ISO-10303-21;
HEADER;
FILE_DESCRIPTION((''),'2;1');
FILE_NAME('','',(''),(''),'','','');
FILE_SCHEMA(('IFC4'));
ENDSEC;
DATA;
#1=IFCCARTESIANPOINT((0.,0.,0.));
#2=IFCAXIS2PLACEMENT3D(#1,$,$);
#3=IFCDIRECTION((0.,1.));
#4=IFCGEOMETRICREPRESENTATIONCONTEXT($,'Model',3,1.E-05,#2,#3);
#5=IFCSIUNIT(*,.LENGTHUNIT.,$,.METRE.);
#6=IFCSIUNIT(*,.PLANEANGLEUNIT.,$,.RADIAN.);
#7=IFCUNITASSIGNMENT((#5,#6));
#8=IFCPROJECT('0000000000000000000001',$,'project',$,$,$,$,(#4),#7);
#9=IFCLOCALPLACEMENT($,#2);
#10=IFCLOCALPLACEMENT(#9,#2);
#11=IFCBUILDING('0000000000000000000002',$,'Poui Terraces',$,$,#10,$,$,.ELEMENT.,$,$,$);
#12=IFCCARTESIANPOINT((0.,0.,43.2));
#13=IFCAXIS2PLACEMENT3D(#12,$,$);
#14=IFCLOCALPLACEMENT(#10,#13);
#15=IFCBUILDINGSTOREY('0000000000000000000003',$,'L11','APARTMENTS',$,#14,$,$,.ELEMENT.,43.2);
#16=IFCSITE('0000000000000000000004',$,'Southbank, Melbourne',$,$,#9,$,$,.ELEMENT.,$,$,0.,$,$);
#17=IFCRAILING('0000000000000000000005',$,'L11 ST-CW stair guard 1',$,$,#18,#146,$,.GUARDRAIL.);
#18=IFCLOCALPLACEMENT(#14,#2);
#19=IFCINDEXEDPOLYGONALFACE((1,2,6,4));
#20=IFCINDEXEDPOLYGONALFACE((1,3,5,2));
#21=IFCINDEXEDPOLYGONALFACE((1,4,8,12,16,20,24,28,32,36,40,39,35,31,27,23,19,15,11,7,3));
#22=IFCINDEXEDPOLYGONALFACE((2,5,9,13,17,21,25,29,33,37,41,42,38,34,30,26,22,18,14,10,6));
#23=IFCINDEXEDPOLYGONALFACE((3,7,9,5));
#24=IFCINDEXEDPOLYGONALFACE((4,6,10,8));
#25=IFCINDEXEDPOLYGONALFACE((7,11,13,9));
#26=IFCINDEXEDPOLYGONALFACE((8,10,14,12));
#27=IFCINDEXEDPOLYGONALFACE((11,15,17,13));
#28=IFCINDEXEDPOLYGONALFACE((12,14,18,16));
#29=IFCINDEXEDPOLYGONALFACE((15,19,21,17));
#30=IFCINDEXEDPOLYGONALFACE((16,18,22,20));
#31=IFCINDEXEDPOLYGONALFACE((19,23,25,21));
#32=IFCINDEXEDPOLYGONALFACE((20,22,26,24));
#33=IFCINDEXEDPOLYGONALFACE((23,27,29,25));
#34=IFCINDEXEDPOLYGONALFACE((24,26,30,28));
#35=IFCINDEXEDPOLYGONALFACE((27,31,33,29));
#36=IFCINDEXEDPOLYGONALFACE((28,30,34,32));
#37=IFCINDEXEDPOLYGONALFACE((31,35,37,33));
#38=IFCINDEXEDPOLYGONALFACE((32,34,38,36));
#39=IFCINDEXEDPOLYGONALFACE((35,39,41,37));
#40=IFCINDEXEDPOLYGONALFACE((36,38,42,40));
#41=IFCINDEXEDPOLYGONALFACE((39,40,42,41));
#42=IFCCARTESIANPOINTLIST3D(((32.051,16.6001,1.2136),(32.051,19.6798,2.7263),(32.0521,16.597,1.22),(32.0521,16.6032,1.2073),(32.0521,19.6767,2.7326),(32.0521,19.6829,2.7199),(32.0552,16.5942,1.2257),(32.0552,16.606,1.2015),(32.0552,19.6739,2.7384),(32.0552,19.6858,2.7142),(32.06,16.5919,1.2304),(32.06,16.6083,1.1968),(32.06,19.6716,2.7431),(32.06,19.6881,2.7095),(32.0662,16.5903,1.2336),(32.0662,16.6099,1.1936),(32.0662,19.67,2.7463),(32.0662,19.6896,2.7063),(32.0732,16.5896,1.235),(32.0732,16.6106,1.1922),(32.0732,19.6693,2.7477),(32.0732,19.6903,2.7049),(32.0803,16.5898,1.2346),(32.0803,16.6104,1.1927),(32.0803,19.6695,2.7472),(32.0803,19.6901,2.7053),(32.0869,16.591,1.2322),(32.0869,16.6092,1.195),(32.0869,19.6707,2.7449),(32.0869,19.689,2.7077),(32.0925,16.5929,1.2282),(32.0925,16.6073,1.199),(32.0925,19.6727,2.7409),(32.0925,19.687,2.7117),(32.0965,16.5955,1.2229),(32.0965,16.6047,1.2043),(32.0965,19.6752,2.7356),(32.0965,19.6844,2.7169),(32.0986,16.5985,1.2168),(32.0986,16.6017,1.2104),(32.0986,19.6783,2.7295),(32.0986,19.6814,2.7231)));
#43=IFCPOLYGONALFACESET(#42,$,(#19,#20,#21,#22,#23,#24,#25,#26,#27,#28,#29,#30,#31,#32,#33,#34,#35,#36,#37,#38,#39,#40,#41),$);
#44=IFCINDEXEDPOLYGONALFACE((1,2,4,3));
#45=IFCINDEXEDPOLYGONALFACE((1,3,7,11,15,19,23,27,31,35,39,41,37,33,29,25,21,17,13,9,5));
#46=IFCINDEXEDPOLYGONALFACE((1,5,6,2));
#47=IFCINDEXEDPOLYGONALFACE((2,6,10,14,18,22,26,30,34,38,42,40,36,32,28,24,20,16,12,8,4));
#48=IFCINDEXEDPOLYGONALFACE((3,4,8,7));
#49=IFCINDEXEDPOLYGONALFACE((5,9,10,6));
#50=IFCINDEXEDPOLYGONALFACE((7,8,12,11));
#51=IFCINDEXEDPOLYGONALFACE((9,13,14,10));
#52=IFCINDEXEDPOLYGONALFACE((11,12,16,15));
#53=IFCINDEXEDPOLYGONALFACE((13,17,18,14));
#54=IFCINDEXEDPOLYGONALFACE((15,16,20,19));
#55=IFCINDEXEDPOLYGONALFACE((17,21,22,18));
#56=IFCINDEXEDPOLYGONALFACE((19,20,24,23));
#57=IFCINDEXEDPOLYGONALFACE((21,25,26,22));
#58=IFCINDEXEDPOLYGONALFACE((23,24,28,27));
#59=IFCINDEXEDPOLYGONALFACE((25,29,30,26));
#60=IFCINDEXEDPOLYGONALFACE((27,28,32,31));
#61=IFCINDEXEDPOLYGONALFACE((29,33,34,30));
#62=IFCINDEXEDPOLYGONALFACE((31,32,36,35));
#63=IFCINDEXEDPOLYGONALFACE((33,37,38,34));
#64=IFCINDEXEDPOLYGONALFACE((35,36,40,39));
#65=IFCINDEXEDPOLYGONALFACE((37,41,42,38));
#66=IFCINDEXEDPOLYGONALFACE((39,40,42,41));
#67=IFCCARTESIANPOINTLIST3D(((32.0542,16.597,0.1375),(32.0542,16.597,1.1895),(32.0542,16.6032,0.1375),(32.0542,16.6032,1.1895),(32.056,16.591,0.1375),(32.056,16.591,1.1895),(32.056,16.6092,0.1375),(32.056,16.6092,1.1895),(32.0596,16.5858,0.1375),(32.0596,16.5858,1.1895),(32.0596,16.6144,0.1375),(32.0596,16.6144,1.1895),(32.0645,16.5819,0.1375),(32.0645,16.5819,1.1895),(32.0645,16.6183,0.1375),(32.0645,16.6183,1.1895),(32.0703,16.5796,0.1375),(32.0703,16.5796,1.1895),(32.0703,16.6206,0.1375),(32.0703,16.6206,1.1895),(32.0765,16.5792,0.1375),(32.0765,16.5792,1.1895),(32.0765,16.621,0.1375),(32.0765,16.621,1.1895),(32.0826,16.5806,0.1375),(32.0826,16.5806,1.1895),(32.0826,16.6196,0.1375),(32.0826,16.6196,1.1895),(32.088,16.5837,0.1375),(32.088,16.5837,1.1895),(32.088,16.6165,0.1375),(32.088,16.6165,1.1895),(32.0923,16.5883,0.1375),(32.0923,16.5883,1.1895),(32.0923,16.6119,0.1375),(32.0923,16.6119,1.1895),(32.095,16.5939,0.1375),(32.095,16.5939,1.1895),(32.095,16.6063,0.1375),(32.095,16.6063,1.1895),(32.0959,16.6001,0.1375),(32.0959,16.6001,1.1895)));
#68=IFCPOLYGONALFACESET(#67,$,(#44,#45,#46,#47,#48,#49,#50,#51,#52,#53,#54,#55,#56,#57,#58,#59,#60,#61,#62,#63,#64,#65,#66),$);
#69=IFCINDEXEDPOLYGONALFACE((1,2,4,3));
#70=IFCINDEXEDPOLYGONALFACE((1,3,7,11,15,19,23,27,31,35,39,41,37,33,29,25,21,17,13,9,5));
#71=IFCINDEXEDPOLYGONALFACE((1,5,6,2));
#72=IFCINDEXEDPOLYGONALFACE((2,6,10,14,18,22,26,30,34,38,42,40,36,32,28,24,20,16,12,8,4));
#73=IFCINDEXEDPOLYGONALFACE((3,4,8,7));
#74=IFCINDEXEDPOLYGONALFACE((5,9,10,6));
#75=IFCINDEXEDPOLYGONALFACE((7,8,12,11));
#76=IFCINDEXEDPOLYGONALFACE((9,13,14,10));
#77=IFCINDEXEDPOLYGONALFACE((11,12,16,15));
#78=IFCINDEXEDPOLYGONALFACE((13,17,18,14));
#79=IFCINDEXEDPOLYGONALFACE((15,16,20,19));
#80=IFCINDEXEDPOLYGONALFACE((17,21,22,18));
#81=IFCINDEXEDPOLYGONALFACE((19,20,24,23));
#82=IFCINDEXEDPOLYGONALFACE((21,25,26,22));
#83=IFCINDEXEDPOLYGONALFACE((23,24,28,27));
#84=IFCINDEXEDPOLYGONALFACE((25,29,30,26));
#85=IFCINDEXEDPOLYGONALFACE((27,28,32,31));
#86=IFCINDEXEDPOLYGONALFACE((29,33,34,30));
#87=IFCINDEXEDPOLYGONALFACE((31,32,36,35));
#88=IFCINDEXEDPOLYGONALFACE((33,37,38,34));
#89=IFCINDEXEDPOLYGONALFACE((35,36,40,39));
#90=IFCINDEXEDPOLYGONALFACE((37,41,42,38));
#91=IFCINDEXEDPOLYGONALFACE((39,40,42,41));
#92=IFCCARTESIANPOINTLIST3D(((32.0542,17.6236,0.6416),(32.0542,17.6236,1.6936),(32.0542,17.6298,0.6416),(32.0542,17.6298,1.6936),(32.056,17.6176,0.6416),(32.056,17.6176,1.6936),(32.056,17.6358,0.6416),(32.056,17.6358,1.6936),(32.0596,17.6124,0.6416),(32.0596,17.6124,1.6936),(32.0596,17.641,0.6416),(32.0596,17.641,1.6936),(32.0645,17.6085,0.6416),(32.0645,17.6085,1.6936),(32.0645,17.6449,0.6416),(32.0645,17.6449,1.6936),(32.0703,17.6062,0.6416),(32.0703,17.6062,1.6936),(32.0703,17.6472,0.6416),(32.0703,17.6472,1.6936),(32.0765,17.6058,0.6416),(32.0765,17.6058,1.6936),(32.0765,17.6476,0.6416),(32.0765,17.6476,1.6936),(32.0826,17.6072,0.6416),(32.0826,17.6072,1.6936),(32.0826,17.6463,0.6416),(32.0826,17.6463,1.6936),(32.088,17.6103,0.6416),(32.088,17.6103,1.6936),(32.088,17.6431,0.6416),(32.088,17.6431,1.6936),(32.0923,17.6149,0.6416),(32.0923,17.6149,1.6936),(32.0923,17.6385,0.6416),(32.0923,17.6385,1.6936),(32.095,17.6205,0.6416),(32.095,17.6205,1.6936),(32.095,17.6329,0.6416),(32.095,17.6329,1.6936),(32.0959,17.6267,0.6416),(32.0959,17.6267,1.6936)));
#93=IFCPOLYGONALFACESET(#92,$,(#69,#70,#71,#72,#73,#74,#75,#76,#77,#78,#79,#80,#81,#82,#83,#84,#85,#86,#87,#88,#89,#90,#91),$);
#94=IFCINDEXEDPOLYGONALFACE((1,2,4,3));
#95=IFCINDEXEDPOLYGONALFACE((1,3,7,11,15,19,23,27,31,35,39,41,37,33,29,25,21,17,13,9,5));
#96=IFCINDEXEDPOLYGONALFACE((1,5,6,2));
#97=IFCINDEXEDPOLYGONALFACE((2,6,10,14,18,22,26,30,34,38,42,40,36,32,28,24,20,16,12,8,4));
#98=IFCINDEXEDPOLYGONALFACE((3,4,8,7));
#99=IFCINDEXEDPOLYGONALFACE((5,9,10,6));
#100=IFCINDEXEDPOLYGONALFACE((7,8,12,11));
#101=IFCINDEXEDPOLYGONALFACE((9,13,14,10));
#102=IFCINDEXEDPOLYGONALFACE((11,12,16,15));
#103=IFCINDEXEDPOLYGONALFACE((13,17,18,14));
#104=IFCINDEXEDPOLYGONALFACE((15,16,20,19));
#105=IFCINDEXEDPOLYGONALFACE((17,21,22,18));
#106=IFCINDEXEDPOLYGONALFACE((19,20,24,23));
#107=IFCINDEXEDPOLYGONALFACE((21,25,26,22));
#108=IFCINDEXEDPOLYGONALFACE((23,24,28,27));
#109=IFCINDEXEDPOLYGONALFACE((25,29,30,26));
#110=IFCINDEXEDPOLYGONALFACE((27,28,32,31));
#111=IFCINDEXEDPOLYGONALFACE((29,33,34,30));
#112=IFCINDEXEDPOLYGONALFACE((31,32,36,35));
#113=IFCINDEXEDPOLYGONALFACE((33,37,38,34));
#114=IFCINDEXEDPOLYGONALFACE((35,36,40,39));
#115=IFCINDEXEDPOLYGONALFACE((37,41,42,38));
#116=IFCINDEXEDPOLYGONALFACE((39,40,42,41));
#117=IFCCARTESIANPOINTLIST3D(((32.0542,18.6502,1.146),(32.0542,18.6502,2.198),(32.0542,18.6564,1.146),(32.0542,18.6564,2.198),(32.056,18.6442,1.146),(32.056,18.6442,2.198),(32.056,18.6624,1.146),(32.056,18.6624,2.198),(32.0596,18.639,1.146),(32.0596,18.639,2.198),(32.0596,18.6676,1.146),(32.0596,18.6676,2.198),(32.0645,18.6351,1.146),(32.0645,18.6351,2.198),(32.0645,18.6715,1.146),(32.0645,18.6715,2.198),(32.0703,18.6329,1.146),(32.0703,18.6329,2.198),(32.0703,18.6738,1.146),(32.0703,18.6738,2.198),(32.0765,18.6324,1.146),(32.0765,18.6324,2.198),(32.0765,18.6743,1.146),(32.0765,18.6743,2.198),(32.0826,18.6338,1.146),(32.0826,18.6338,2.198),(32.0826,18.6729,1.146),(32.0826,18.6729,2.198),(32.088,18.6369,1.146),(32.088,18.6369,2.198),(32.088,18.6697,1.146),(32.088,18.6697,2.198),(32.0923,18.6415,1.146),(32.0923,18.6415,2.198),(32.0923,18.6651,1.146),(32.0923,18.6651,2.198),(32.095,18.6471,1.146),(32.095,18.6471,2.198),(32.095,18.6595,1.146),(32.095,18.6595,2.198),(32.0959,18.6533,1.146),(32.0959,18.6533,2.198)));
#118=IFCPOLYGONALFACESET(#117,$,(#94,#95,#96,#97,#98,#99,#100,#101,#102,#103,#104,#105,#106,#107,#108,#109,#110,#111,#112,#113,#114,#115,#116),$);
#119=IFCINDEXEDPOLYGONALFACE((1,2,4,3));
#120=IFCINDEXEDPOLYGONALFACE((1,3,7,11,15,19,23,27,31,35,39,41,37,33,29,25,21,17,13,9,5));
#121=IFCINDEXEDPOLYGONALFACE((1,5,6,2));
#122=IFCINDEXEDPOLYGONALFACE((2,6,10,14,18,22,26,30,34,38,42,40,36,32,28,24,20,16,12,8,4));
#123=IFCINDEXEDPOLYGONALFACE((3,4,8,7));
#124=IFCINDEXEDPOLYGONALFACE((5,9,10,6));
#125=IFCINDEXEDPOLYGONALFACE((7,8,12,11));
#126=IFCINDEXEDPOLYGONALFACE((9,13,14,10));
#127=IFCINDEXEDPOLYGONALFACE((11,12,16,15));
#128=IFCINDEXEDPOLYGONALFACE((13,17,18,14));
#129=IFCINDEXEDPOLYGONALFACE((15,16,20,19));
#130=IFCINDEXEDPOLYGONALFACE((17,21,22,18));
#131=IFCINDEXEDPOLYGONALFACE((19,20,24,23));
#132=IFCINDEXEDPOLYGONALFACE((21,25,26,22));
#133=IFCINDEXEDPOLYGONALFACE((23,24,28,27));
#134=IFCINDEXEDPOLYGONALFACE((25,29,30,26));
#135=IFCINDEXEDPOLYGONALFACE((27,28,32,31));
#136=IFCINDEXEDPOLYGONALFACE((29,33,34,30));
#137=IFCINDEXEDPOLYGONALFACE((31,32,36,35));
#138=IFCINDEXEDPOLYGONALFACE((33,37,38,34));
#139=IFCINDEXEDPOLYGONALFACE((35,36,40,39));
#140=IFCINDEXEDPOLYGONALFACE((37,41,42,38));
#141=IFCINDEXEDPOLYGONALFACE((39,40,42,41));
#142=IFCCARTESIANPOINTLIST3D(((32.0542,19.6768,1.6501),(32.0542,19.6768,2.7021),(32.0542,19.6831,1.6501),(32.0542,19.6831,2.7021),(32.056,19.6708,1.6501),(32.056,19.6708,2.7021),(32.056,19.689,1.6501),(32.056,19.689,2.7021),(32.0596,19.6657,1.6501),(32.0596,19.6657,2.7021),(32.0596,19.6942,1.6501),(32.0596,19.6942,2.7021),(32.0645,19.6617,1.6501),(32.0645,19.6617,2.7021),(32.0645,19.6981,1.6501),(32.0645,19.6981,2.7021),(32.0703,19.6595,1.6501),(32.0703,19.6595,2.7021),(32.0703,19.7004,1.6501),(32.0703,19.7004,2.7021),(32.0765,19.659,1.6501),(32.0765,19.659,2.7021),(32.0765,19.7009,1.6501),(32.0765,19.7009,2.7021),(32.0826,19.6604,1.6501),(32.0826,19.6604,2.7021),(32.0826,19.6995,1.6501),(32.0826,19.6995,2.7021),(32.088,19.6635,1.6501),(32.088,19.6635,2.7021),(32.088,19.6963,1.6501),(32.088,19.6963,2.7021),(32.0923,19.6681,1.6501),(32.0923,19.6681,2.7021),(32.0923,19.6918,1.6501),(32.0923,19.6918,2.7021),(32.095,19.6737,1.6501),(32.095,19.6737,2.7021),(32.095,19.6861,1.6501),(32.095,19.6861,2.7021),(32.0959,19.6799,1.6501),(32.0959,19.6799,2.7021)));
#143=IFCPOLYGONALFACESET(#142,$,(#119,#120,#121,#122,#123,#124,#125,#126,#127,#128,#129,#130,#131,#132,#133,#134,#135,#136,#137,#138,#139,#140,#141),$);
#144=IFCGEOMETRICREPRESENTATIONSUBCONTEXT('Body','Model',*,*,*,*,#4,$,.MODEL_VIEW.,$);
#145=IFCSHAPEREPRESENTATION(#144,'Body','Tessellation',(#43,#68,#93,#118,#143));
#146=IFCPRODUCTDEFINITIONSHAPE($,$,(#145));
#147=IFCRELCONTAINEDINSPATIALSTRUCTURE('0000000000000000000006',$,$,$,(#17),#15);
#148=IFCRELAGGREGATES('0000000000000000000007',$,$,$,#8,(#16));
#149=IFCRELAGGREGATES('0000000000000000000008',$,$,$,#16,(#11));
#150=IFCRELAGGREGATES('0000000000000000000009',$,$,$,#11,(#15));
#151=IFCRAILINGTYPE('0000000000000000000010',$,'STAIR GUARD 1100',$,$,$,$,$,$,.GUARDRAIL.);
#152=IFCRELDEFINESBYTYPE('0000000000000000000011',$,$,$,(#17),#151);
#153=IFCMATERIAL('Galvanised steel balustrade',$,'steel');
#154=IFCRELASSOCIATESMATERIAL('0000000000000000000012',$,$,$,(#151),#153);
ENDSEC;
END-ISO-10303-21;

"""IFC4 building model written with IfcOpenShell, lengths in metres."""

from ifc_helpers import new_model, si_unit, direction, frame, origin, origin_2d, place, context, subcontext, project, spatial, circle, extrude, material, type_object, element, save


model = new_model("IFC4")

# Units and contexts
model_context = context("Model", 3, precision=1e-05, world=origin(), true_north=direction((0.0, 1.0)))
body_context = subcontext(model_context, "Body", "Model", "MODEL_VIEW")
ifc_project = project(units=[si_unit("LENGTHUNIT", "METRE"), si_unit("PLANEANGLEUNIT", "RADIAN")], contexts=[model_context])

# Site, building, storey
site_placement = place(None, origin())
site = spatial("IfcSite", under=ifc_project, at=site_placement, Name="Southbank, Melbourne", CompositionType="ELEMENT", RefElevation=0.0)
building_placement = place(site_placement, origin())
building = spatial("IfcBuilding", under=site, at=building_placement, Name="Poui Terraces", CompositionType="ELEMENT")
storey_placement = place(building_placement, frame((0.0, 0.0, 43.2)))
storey = spatial("IfcBuildingStorey", under=building, at=storey_placement, Name="L11", Description="APARTMENTS", CompositionType="ELEMENT", Elevation=43.2)

# Railing
ifc_material_1 = material(Name="Galvanised steel balustrade", Category="steel")
railing_type_1 = type_object("IfcRailingType", Name="STAIR GUARD 1100", PredefinedType="GUARDRAIL", material=ifc_material_1)
railing_1_placement = place(storey_placement, frame((32.075, 16.6001, 0.1375)))
element("IfcRailing", 1, at=railing_1_placement, inside=storey, type_object=railing_type_1, Name="L11 ST-CW stair guard 1", PredefinedType="GUARDRAIL", context=body_context, shape_type="SweptSolid", body=[
    extrude(circle(Radius=0.0239, at=origin_2d()), frame((0.0, 0.0, 1.0762), z_axis=(0.0, 0.897578, 0.440856), x_axis=(-1.0, 0.0, 0.0)), (0.0, 0.0, 1.0), 3.4312),
    extrude(circle(Radius=0.021, at=origin_2d()), origin(), (0.0, 0.0, 1.0), 1.052),
    extrude(circle(Radius=0.021, at=origin_2d()), frame((0.0, 1.0266, 0.5042)), (0.0, 0.0, 1.0), 1.052),
    extrude(circle(Radius=0.021, at=origin_2d()), frame((0.0, 2.0532, 1.0085)), (0.0, 0.0, 1.0), 1.052),
    extrude(circle(Radius=0.021, at=origin_2d()), frame((0.0, 3.0798, 1.5127)), (0.0, 0.0, 1.0), 1.052),
])

save(model, "model.ifc")
